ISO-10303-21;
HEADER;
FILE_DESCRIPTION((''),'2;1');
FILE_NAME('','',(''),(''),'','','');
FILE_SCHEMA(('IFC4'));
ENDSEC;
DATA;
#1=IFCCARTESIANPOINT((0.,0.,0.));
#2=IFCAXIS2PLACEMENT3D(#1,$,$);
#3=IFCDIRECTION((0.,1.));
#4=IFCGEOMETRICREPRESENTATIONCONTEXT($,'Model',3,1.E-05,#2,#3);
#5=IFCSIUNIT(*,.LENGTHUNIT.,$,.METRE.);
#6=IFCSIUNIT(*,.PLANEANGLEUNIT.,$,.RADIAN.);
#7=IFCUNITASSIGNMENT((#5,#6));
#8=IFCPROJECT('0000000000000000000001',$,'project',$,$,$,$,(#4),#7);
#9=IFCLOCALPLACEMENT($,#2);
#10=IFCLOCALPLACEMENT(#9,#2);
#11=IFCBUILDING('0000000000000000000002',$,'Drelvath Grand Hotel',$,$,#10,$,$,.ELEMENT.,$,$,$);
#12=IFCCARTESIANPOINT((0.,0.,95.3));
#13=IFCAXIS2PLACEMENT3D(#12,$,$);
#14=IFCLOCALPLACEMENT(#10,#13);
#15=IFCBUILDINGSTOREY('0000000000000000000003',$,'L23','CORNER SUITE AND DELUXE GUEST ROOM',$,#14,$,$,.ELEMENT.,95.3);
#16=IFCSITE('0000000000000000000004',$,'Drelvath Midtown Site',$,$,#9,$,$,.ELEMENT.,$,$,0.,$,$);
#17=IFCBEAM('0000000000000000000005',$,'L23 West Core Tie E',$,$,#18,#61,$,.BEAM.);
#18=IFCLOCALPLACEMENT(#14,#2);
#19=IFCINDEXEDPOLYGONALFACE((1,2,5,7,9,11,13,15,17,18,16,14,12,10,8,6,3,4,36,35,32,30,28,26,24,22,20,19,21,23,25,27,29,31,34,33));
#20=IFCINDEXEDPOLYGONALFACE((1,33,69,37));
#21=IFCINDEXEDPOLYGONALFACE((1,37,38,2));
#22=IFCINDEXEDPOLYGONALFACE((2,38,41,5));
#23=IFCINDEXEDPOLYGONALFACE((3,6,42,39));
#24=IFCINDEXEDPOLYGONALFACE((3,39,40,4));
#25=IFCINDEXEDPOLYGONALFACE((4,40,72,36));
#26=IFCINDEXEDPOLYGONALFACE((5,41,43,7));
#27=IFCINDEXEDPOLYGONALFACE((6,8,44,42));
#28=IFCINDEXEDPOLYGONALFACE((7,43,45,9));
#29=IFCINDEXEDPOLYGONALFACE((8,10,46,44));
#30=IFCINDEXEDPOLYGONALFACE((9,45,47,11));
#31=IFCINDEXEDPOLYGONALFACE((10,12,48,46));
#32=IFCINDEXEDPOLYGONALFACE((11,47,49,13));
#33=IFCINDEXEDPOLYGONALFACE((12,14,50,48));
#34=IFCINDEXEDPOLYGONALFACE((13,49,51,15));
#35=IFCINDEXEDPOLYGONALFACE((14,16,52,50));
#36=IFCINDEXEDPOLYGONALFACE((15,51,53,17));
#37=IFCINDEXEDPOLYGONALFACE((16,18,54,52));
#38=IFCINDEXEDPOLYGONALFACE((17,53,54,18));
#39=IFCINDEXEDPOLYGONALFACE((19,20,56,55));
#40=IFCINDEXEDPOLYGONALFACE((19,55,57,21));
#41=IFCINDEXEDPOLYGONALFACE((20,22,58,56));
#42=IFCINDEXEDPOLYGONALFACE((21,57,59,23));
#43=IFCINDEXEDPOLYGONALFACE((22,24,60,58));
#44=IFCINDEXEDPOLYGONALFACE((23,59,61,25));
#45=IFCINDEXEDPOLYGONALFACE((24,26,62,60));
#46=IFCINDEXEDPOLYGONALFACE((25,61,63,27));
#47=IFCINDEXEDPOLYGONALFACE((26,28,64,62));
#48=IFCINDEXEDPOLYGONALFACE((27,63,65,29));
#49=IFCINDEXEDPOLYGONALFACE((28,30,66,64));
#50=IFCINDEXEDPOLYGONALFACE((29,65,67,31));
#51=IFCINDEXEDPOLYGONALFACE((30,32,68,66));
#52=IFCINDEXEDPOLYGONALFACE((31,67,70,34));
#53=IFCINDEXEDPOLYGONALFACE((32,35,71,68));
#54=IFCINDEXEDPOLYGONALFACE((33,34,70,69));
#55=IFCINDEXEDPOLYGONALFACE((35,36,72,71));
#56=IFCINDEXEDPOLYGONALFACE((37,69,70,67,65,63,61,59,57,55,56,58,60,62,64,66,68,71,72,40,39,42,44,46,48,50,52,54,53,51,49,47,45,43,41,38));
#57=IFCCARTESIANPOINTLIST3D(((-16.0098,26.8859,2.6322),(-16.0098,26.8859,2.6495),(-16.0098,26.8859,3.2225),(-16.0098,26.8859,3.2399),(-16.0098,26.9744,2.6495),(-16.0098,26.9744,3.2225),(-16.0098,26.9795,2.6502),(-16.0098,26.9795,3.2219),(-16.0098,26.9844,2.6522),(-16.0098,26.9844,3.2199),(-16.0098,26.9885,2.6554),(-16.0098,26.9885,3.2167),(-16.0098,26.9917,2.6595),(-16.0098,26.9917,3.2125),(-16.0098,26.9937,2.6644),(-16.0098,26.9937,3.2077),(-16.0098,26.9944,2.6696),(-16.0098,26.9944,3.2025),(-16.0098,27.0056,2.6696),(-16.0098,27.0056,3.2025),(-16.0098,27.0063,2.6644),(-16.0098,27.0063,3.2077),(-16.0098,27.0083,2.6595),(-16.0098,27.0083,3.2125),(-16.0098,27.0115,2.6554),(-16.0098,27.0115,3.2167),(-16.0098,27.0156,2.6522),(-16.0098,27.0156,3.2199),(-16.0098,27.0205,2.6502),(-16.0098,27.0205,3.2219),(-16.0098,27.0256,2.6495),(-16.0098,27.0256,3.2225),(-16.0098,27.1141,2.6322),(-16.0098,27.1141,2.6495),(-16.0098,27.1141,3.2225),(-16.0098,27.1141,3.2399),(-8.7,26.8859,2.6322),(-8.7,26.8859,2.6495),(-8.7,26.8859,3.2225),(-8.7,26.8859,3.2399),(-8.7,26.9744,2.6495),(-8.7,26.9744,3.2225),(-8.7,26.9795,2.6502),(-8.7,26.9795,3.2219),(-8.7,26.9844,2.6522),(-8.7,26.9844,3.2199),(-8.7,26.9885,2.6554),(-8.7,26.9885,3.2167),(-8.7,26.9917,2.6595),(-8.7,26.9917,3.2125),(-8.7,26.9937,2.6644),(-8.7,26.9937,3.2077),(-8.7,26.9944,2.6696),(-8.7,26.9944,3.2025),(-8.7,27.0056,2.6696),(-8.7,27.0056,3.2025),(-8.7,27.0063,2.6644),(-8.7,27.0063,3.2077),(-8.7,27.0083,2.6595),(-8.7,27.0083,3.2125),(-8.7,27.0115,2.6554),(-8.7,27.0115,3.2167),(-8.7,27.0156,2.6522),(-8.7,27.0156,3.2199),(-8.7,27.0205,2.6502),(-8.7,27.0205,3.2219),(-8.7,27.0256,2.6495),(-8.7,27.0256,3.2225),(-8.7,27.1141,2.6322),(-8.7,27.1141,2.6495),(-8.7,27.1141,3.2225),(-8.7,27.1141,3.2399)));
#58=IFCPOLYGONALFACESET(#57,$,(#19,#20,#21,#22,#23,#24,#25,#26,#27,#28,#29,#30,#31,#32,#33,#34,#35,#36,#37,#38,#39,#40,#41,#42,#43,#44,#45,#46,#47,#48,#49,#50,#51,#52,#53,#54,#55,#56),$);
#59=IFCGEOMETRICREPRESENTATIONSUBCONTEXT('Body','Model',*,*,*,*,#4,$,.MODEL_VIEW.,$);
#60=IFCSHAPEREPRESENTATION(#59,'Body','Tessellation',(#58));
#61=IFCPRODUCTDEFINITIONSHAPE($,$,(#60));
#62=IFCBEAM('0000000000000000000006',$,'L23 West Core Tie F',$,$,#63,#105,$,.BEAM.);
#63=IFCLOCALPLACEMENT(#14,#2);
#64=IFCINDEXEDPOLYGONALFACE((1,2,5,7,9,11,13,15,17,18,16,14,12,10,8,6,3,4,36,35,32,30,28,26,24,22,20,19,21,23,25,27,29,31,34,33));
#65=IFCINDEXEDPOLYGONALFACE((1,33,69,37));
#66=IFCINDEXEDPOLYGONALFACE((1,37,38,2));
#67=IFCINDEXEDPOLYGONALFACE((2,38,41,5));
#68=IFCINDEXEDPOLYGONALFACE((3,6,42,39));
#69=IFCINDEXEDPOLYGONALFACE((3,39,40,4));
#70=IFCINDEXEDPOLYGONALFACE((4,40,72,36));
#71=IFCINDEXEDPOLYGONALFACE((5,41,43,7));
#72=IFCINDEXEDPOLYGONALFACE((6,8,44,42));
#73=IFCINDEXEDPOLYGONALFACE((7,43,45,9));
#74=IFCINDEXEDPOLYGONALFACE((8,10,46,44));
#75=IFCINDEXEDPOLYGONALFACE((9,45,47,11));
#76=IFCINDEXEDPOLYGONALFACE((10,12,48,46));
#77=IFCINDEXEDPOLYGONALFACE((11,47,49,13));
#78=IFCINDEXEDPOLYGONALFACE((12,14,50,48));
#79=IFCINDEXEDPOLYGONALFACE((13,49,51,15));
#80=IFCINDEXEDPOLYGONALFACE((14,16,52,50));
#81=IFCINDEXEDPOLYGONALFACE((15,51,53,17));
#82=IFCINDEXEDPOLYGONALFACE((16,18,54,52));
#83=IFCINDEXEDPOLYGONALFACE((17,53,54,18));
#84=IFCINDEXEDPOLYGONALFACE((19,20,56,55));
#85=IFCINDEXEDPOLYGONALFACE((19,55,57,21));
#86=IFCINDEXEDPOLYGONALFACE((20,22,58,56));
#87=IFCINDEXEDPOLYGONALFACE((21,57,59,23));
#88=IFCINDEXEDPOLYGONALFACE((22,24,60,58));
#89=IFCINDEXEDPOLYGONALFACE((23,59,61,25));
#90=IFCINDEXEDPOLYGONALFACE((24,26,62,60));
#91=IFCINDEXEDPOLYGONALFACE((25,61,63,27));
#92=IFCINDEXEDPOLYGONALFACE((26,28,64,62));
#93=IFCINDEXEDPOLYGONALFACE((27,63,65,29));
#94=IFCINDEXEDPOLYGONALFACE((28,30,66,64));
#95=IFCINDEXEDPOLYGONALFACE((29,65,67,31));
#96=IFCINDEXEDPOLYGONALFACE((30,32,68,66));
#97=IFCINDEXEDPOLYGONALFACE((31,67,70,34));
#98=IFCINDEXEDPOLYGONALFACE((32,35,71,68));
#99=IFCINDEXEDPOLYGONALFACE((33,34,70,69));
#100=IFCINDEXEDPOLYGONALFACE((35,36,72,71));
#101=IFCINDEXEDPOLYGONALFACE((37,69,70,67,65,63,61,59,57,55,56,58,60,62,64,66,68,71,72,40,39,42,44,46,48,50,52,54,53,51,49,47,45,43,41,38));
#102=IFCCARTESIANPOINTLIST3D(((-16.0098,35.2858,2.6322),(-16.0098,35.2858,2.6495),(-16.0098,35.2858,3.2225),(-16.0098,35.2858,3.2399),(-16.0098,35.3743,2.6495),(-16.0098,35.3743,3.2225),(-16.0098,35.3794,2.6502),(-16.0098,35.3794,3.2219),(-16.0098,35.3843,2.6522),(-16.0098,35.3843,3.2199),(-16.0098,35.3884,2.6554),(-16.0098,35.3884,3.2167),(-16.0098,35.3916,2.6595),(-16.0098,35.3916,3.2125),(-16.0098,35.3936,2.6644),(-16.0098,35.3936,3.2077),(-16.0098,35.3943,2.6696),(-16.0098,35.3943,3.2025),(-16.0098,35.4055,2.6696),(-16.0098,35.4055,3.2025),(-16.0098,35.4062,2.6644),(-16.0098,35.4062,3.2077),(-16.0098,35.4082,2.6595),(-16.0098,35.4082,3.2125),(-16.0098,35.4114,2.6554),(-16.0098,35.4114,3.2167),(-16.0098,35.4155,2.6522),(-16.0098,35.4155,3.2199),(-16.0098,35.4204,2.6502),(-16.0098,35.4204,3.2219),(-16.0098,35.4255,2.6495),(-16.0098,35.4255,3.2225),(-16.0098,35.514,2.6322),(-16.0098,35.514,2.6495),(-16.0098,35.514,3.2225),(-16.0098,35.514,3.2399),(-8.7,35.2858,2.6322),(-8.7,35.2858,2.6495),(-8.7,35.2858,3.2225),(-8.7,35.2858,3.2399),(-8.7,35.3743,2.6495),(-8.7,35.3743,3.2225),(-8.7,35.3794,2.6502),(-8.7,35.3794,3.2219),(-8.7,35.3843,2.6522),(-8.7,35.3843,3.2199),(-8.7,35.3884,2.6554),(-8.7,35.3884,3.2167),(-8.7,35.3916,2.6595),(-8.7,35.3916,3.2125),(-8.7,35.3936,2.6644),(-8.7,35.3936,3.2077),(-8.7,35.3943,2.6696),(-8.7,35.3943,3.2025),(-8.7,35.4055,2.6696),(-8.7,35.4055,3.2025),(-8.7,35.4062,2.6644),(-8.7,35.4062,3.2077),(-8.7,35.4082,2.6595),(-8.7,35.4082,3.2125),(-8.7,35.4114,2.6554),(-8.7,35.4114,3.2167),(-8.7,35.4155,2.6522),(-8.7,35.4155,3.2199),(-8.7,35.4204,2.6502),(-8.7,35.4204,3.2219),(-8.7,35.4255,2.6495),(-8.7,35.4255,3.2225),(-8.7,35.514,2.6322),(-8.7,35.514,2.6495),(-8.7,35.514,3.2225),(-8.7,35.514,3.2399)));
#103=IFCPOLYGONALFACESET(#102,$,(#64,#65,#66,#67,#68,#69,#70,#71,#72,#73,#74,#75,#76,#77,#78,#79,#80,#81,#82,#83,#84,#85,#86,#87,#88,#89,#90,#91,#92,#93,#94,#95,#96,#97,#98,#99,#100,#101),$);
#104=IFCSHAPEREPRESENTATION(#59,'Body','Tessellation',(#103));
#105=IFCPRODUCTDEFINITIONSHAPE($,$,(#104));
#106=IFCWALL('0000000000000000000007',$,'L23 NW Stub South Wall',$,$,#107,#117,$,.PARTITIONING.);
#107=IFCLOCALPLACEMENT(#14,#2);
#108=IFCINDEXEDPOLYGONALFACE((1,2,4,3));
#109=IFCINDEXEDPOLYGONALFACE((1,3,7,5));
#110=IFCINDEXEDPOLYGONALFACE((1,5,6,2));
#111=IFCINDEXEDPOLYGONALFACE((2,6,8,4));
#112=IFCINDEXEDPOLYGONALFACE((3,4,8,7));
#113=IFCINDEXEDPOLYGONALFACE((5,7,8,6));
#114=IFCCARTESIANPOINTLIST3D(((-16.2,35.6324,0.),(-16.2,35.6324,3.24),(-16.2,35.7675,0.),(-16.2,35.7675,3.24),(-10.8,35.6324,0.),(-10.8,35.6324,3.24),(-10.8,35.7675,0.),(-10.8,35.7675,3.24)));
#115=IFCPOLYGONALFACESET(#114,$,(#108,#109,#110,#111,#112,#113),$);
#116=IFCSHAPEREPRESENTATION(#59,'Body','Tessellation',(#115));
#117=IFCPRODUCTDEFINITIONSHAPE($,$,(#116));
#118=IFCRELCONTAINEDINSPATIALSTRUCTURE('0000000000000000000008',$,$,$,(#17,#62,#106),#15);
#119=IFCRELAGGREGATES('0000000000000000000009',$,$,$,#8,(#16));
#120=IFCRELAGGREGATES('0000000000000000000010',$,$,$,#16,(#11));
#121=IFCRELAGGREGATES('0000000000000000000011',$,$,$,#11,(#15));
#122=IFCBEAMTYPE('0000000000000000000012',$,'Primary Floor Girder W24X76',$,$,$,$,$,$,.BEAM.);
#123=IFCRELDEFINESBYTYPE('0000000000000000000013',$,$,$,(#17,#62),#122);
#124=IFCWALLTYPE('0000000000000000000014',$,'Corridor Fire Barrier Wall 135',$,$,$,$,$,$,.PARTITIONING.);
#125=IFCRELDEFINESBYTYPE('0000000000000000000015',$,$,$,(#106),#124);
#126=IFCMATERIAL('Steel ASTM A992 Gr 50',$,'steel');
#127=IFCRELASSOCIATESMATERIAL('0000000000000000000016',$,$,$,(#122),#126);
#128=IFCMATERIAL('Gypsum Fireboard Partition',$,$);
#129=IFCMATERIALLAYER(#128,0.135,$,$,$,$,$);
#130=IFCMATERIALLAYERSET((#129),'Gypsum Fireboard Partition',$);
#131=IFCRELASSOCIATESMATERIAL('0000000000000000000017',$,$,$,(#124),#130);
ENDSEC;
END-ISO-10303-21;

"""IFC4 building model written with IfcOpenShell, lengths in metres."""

from ifc_helpers import new_model, si_unit, direction, frame, frame_2d, origin, origin_2d, place, context, subcontext, project, spatial, rectangle, i_section, extrude, material, layer, layer_set, material_profile, profile_set, type_object, element, save


model = new_model("IFC4")

# Units and contexts
model_context = context("Model", 3, precision=1e-05, world=origin(), true_north=direction((0.0, 1.0)))
body_context = subcontext(model_context, "Body", "Model", "MODEL_VIEW")
ifc_project = project(units=[si_unit("LENGTHUNIT", "METRE"), si_unit("PLANEANGLEUNIT", "RADIAN")], contexts=[model_context])

# Site, building, storey
site_placement = place(None, origin())
site = spatial("IfcSite", under=ifc_project, at=site_placement, Name="Drelvath Midtown Site", CompositionType="ELEMENT", RefElevation=0.0)
building_placement = place(site_placement, origin())
building = spatial("IfcBuilding", under=site, at=building_placement, Name="Drelvath Grand Hotel", CompositionType="ELEMENT")
storey_placement = place(building_placement, frame((0.0, 0.0, 95.3)))
storey = spatial("IfcBuildingStorey", under=building, at=storey_placement, Name="L23", Description="CORNER SUITE AND DELUXE GUEST ROOM", CompositionType="ELEMENT", Elevation=95.3)

# Beams
ifc_material_1 = material(Name="Steel ASTM A992 Gr 50", Category="steel")
ifc_material_profile = material_profile(ifc_material_1, i_section(OverallWidth=0.2283, OverallDepth=0.6077, WebThickness=0.0112, FlangeThickness=0.0173, FilletRadius=0.02, at=origin_2d()), Name="W24X76")
ifc_profile_set = profile_set([ifc_material_profile], Name="Steel ASTM A992 Gr 50")
beam_type = type_object("IfcBeamType", Name="Primary Floor Girder W24X76", PredefinedType="BEAM", material=ifc_profile_set)
for number, where, z_axis, x_axis, name in (
    (1, (-16.0098, 27.0, 2.936), (1.0, 0.0, 0.0), (0.0, 1.0, 0.0), "L23 West Core Tie E"),
    (2, (-16.0098, 35.3999, 2.936), (1.0, 0.0, 0.0), (0.0, 1.0, 0.0), "L23 West Core Tie F"),
):
    element("IfcBeam", number, at=place(storey_placement, frame(where, z_axis=z_axis, x_axis=x_axis)), inside=storey, type_object=beam_type, Name=name, PredefinedType="BEAM", context=body_context, shape_type="SweptSolid", body=[
        extrude(i_section(OverallWidth=0.2283, OverallDepth=0.6077, WebThickness=0.0112, FlangeThickness=0.0173, FilletRadius=0.02, at=origin_2d()), origin(), (0.0, 0.0, 1.0), 7.3098),
    ])

# Wall
ifc_material_2 = material(Name="Gypsum Fireboard Partition")
ifc_layer_1 = layer(ifc_material_2, 0.135)
ifc_layer_set_1 = layer_set([ifc_layer_1], Name="Gypsum Fireboard Partition")
wall_type_1 = type_object("IfcWallType", Name="Corridor Fire Barrier Wall 135", PredefinedType="PARTITIONING", material=ifc_layer_set_1)
wall_1_placement = place(storey_placement, frame((-16.2, 35.7, 0.0), z_axis=(0.0, 0.0, 1.0), x_axis=(1.0, 0.0, 0.0)))
element("IfcWall", 3, at=wall_1_placement, inside=storey, type_object=wall_type_1, Name="L23 NW Stub South Wall", PredefinedType="PARTITIONING", context=body_context, shape_type="SweptSolid", body=[
    extrude(rectangle(XDim=5.3999, YDim=0.135, at=frame_2d((2.7, 0.0))), origin(), (0.0, 0.0, 1.0), 3.24),
])

save(model, "model.ifc")
